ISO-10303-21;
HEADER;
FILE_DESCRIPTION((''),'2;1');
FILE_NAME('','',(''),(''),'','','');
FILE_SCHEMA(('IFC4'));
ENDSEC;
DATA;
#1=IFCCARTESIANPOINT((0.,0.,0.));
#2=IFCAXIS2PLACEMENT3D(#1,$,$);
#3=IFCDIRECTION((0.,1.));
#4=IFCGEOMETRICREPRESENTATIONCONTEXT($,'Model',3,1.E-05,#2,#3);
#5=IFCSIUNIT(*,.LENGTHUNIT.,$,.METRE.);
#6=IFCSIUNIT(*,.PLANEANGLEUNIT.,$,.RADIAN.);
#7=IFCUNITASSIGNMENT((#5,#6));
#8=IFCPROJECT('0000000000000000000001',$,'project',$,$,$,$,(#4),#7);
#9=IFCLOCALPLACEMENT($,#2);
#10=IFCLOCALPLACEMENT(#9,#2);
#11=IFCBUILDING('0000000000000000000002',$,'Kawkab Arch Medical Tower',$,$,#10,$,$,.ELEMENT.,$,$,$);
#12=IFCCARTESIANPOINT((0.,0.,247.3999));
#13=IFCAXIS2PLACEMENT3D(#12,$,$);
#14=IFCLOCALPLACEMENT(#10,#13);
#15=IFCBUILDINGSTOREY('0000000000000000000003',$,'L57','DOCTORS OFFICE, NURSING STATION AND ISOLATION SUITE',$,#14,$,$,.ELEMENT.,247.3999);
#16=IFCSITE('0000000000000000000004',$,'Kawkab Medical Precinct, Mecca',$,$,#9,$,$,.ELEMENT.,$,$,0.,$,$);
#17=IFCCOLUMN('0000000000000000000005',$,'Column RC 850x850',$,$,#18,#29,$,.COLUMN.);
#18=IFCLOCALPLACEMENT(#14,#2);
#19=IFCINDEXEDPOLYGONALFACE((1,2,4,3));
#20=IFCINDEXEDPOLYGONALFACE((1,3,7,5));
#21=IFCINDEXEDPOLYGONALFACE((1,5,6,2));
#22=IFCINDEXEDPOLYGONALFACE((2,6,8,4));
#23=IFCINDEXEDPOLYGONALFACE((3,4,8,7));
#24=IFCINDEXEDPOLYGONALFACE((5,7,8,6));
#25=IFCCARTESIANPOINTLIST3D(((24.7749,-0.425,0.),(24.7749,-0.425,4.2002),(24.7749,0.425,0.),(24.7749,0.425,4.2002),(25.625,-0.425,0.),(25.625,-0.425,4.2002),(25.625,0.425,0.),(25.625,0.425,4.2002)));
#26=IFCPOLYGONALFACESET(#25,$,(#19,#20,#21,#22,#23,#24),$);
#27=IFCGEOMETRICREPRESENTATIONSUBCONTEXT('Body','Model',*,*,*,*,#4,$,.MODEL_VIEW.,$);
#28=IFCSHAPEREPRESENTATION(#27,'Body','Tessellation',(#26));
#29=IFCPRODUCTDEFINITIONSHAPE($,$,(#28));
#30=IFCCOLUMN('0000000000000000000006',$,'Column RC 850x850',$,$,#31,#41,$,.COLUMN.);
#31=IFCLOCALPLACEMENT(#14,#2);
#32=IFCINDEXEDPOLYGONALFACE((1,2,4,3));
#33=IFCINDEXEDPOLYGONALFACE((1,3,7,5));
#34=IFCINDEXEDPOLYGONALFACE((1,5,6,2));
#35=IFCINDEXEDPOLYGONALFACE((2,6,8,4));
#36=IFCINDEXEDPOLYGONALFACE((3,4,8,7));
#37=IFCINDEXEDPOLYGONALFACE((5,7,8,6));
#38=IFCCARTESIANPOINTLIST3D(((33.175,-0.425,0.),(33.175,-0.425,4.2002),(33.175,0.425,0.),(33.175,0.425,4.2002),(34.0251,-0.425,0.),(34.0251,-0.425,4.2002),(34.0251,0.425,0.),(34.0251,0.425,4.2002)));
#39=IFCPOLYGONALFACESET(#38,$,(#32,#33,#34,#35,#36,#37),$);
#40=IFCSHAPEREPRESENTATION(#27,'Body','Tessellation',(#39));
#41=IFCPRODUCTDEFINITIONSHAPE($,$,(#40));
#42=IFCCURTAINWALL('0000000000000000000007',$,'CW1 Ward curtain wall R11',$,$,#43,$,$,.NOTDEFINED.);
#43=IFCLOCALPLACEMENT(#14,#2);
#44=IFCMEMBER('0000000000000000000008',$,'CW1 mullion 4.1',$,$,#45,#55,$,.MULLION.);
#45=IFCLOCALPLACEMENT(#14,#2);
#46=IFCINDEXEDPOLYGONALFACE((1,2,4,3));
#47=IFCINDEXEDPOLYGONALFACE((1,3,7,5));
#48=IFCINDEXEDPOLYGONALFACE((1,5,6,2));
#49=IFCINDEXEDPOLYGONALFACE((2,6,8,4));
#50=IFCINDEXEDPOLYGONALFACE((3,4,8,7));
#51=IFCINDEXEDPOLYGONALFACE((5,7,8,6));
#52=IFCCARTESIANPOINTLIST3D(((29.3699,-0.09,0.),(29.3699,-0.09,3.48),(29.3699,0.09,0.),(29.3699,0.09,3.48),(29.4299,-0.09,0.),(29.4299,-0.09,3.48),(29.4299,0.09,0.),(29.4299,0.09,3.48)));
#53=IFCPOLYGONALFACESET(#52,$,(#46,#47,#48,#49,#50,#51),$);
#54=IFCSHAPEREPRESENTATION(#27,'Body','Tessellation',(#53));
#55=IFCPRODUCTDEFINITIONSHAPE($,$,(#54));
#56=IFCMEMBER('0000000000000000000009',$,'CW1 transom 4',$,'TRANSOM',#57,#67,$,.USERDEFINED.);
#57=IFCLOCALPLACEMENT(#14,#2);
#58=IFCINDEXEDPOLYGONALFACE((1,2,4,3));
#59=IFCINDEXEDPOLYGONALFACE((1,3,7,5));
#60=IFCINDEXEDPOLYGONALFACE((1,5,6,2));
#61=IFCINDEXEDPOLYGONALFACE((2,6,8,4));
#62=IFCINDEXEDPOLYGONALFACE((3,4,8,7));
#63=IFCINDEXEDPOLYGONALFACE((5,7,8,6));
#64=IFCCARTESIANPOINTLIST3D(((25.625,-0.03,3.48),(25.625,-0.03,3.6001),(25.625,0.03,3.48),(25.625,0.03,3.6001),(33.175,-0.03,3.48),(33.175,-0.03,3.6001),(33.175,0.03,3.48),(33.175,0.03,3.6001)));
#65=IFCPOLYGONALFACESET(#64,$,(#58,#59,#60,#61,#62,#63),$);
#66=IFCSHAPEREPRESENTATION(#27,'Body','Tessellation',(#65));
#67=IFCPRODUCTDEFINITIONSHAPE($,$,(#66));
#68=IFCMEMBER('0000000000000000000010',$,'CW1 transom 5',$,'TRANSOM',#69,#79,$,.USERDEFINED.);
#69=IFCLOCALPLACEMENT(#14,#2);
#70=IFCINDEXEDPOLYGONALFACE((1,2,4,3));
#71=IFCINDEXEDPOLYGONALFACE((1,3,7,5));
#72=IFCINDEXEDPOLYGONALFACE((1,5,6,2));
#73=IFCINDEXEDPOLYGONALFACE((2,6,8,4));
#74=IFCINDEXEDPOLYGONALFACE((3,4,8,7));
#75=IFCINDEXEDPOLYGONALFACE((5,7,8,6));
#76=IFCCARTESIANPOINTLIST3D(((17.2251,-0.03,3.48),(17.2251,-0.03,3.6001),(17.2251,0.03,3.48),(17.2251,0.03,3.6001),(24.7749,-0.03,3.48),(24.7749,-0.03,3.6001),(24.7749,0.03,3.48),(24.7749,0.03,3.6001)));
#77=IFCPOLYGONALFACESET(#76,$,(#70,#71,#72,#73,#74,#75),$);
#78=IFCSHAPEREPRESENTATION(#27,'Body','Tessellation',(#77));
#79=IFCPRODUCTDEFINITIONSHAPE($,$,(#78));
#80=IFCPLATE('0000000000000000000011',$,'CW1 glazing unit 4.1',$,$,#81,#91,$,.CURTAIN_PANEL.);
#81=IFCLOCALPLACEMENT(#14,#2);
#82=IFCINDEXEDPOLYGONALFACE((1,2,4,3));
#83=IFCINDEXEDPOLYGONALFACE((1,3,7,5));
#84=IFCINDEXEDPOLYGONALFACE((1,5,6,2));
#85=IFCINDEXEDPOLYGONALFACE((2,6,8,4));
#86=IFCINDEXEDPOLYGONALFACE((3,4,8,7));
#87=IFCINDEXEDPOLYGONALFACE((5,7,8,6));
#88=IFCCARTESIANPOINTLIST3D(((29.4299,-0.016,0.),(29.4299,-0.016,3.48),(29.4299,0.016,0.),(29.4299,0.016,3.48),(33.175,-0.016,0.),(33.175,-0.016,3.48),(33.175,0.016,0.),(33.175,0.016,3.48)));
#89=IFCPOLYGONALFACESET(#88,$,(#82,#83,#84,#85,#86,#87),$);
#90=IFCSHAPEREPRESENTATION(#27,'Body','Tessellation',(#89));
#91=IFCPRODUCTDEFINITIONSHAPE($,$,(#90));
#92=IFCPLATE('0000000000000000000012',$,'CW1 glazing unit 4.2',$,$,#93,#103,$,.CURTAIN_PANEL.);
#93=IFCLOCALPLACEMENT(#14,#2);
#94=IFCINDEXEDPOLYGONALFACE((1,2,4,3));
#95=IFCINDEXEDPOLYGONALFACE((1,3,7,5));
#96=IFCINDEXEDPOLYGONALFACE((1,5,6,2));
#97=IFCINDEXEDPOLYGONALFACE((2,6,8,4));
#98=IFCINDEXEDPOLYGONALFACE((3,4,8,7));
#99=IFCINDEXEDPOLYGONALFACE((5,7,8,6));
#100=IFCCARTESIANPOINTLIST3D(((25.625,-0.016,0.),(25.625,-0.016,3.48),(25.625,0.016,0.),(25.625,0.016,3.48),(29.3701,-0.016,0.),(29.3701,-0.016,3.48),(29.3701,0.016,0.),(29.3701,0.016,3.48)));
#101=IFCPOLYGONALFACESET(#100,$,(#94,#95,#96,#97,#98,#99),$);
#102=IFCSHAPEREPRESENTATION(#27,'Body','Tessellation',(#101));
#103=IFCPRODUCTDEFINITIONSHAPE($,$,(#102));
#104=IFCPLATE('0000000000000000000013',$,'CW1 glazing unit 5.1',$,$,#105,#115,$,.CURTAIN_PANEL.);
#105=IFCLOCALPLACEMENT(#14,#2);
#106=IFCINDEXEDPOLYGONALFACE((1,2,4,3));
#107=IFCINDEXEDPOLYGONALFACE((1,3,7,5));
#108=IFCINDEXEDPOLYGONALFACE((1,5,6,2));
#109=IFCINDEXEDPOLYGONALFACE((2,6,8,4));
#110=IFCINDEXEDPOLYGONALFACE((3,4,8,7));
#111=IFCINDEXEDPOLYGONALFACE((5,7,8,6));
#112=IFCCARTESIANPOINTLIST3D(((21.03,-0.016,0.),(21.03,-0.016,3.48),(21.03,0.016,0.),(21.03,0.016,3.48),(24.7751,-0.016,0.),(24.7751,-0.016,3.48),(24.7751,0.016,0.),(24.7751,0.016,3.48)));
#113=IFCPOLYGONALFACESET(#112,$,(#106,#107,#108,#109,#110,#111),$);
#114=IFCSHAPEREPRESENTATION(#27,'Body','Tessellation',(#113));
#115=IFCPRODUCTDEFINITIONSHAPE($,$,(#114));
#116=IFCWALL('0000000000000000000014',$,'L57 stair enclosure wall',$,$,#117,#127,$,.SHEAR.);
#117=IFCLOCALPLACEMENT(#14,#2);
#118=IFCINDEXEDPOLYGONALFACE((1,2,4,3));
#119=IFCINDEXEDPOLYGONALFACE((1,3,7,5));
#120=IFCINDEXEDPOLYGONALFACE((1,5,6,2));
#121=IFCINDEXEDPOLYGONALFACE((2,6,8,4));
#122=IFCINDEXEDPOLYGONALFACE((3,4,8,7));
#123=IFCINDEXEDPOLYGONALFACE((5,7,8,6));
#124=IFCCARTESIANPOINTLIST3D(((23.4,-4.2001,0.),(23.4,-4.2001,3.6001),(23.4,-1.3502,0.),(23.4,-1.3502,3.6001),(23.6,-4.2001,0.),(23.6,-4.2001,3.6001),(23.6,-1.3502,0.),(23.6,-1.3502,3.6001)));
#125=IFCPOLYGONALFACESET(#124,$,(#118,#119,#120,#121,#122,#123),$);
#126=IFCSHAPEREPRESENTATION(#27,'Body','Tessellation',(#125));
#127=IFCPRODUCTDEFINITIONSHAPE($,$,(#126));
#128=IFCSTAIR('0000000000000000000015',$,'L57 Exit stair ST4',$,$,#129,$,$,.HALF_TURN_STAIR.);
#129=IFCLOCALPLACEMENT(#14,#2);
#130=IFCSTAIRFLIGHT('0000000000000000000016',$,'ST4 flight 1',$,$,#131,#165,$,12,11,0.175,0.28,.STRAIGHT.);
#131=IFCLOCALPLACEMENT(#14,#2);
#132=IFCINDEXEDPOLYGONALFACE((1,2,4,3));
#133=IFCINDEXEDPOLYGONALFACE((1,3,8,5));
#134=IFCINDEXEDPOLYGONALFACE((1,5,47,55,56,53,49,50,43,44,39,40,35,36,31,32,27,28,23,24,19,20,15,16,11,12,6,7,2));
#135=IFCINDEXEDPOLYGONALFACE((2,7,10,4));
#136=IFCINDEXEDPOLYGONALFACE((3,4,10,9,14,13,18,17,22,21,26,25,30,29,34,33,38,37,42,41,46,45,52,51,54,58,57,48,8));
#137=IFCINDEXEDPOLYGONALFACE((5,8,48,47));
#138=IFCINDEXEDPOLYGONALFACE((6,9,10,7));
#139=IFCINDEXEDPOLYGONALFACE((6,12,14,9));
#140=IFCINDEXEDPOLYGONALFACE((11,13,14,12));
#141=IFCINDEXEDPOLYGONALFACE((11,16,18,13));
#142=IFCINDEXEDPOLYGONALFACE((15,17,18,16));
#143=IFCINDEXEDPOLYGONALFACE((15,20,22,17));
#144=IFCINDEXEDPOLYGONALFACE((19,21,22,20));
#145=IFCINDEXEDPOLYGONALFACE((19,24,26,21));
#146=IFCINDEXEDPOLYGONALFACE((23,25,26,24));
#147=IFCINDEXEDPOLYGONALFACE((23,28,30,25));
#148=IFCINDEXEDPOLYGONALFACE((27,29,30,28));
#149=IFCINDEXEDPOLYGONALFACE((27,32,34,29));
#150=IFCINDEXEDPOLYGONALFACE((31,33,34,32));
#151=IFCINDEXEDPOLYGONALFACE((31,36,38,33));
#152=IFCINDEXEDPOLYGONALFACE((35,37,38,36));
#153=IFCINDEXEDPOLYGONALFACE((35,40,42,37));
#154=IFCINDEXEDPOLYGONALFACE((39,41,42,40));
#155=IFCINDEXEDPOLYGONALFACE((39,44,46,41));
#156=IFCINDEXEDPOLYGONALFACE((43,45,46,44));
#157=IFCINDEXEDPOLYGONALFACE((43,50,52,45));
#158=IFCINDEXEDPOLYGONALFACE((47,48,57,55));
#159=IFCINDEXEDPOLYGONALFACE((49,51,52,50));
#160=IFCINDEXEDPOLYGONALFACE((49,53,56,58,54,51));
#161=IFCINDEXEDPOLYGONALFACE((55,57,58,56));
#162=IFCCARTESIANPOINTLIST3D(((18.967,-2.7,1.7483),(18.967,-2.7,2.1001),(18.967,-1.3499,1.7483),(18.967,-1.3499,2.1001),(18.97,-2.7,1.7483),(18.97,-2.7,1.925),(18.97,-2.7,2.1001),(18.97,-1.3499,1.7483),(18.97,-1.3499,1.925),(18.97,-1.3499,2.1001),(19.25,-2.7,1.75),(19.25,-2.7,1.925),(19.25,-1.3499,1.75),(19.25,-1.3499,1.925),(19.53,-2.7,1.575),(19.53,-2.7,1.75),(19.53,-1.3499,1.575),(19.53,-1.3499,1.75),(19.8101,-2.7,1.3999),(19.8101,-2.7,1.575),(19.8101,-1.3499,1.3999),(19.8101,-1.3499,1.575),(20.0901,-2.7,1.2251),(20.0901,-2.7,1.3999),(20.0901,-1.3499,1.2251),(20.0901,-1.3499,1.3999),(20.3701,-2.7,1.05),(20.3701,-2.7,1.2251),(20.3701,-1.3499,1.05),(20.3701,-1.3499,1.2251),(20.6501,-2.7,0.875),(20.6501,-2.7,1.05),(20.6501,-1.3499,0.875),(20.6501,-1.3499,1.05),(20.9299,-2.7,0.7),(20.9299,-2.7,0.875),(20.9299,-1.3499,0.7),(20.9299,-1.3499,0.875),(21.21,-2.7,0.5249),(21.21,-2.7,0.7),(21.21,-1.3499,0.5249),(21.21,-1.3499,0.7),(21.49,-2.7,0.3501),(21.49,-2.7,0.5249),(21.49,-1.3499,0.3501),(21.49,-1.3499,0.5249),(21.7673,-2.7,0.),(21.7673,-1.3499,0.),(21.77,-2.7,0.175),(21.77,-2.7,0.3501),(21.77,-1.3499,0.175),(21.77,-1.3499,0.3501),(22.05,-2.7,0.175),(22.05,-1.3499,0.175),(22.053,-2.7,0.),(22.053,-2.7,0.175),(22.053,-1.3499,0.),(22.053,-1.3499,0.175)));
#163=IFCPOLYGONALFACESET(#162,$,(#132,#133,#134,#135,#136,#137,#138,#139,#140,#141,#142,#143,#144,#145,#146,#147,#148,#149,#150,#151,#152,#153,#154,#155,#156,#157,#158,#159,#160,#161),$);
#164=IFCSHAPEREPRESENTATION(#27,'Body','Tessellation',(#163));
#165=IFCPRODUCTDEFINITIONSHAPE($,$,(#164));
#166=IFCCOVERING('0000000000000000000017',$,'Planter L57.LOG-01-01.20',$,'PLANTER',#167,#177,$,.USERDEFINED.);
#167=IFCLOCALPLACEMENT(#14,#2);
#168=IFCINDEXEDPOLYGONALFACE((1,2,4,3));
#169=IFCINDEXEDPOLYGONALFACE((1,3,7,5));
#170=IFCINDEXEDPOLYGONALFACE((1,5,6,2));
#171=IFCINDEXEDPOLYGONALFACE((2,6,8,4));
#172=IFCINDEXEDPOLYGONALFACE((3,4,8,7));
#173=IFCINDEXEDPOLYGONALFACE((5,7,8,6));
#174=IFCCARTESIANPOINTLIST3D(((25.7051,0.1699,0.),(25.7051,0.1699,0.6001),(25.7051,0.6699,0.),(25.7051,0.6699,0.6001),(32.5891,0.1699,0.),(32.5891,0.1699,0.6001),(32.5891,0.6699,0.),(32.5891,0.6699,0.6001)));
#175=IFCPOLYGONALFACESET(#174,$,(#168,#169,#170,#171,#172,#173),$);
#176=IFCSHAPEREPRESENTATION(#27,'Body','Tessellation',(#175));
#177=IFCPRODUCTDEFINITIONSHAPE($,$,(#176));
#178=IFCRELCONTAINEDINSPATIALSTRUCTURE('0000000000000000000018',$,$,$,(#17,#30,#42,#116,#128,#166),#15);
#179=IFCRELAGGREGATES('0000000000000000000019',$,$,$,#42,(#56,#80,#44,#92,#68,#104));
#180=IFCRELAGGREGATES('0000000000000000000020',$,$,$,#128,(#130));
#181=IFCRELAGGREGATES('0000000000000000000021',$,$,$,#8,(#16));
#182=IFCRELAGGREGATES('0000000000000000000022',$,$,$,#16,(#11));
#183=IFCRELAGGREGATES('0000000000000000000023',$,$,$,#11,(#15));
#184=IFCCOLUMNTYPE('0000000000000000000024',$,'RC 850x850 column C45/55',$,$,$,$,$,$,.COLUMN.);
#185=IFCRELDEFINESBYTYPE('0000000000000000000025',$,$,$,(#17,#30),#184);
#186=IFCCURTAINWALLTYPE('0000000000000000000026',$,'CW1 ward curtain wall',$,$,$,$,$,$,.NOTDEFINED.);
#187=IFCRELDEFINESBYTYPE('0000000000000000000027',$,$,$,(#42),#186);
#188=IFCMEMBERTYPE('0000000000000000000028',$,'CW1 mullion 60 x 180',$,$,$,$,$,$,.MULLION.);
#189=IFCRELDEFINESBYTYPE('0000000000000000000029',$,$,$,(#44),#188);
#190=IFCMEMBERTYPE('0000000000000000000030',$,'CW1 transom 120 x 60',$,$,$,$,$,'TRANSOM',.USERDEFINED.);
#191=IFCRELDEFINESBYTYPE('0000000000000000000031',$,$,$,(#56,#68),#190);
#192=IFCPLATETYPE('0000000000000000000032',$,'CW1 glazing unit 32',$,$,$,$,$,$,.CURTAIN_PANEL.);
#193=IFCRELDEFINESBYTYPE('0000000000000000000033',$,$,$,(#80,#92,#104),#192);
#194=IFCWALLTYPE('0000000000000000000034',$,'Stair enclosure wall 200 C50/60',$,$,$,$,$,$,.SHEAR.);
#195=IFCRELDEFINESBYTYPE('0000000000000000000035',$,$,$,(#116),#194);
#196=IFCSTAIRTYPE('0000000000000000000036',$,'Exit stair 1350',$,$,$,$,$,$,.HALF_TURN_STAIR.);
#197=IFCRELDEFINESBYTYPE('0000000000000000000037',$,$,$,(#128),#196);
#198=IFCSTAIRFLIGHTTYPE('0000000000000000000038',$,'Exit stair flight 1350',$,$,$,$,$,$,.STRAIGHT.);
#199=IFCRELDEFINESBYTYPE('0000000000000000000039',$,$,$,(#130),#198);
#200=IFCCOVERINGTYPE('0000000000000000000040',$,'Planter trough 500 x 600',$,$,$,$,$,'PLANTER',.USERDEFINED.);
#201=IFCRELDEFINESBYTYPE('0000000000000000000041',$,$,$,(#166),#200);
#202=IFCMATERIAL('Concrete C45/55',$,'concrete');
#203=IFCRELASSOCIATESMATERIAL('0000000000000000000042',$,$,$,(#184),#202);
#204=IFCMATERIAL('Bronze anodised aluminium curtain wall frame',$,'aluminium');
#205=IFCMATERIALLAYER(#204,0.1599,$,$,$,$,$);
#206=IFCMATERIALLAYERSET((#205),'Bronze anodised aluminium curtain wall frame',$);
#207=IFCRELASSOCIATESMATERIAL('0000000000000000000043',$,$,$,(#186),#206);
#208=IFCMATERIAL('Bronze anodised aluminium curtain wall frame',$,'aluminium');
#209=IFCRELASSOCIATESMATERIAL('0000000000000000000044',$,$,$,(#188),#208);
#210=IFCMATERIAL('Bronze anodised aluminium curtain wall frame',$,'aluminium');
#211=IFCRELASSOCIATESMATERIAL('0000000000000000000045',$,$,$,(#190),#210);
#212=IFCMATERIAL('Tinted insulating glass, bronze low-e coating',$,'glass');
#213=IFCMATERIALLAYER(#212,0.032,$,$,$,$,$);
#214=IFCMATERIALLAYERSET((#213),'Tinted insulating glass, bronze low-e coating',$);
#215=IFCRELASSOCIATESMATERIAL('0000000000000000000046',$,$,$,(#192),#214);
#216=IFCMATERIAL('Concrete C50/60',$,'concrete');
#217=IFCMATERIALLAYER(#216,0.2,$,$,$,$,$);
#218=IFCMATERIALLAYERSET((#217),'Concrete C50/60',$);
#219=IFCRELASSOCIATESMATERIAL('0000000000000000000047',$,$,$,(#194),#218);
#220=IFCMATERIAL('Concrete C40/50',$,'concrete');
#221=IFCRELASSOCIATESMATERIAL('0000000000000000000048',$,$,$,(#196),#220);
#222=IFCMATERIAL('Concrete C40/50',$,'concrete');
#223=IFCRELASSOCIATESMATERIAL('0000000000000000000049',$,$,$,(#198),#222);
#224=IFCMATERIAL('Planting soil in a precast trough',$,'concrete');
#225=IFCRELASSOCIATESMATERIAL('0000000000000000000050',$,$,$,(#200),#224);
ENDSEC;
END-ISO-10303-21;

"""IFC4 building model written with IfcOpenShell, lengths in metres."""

from ifc_helpers import new_model, si_unit, direction, frame, frame_2d, origin, origin_2d, place, context, subcontext, project, spatial, polyline, rectangle, outline, extrude, material, layer, layer_set, material_profile, profile_set, type_object, element, aggregate, save


model = new_model("IFC4")

# Units and contexts
model_context = context("Model", 3, precision=1e-05, world=origin(), true_north=direction((0.0, 1.0)))
body_context = subcontext(model_context, "Body", "Model", "MODEL_VIEW")
ifc_project = project(units=[si_unit("LENGTHUNIT", "METRE"), si_unit("PLANEANGLEUNIT", "RADIAN")], contexts=[model_context])

# Site, building, storey
site_placement = place(None, origin())
site = spatial("IfcSite", under=ifc_project, at=site_placement, Name="Kawkab Medical Precinct, Mecca", CompositionType="ELEMENT", RefElevation=0.0)
building_placement = place(site_placement, origin())
building = spatial("IfcBuilding", under=site, at=building_placement, Name="Kawkab Arch Medical Tower", CompositionType="ELEMENT")
storey_placement = place(building_placement, frame((0.0, 0.0, 247.3999)))
storey = spatial("IfcBuildingStorey", under=building, at=storey_placement, Name="L57", Description="DOCTORS OFFICE, NURSING STATION AND ISOLATION SUITE", CompositionType="ELEMENT", Elevation=247.3999)

# Columns
ifc_material_1 = material(Name="Concrete C45/55", Category="concrete")
ifc_material_profile_1 = material_profile(ifc_material_1, rectangle(XDim=0.8501, YDim=0.8501, at=origin_2d()), Name="RC 850x850")
ifc_profile_set_1 = profile_set([ifc_material_profile_1], Name="Concrete C45/55")
column_type = type_object("IfcColumnType", Name="RC 850x850 column C45/55", PredefinedType="COLUMN", material=ifc_profile_set_1)
for number, where, z_axis, x_axis, name in (
    (1, (25.2, 0.0, 0.0), (0.0, 0.0, 1.0), (1.0, 0.0, 0.0), "Column RC 850x850"),
    (2, (33.6001, 0.0, 0.0), (0.0, 0.0, 1.0), (1.0, 0.0, 0.0), "Column RC 850x850"),
):
    element("IfcColumn", number, at=place(storey_placement, frame(where, z_axis=z_axis, x_axis=x_axis)), inside=storey, type_object=column_type, Name=name, PredefinedType="COLUMN", context=body_context, shape_type="SweptSolid", body=[
        extrude(rectangle(XDim=0.8501, YDim=0.8501, at=origin_2d()), origin(), (0.0, 0.0, 1.0), 4.2002),
    ])

# Curtain wall, members, plates
ifc_material_2 = material(Name="Bronze anodised aluminium curtain wall frame", Category="aluminium")
ifc_layer_1 = layer(ifc_material_2, 0.1599)
ifc_layer_set_1 = layer_set([ifc_layer_1], Name="Bronze anodised aluminium curtain wall frame")
curtain_wall_type = type_object("IfcCurtainWallType", Name="CW1 ward curtain wall", PredefinedType="NOTDEFINED", material=ifc_layer_set_1)
placement = place(storey_placement, origin())
curtain_wall = element("IfcCurtainWall", 3, at=placement, inside=storey, type_object=curtain_wall_type, Name="CW1 Ward curtain wall R11", PredefinedType="NOTDEFINED")
ifc_material_3 = material(Name="Bronze anodised aluminium curtain wall frame", Category="aluminium")
ifc_material_profile_2 = material_profile(ifc_material_3, rectangle(XDim=0.1799, YDim=0.0601, at=origin_2d()), Name="AL 60x180")
ifc_profile_set_2 = profile_set([ifc_material_profile_2], Name="Bronze anodised aluminium curtain wall frame")
member_type_1 = type_object("IfcMemberType", Name="CW1 mullion 60 x 180", PredefinedType="MULLION", material=ifc_profile_set_2)
member_1_placement = place(storey_placement, frame((29.3999, 0.0, 0.0), z_axis=(0.0, 0.0, 1.0), x_axis=(0.0, -1.0, 0.0)))
member_1 = element("IfcMember", 4, at=member_1_placement, type_object=member_type_1, Name="CW1 mullion 4.1", PredefinedType="MULLION", context=body_context, shape_type="SweptSolid", body=[
    extrude(rectangle(XDim=0.1799, YDim=0.0601, at=origin_2d()), origin(), (0.0, 0.0, 1.0), 3.48),
])
ifc_material_4 = material(Name="Bronze anodised aluminium curtain wall frame", Category="aluminium")
ifc_material_profile_3 = material_profile(ifc_material_4, rectangle(XDim=0.0601, YDim=0.1201, at=origin_2d()), Name="AL 60x120")
ifc_profile_set_3 = profile_set([ifc_material_profile_3], Name="Bronze anodised aluminium curtain wall frame")
member_type_2 = type_object("IfcMemberType", Name="CW1 transom 120 x 60", ElementType="TRANSOM", PredefinedType="USERDEFINED", material=ifc_profile_set_3)
member_2_placement = place(storey_placement, frame((33.175, 0.0, 3.54), z_axis=(-1.0, 0.0, 0.0), x_axis=(0.0, -1.0, 0.0)))
member_2 = element("IfcMember", 5, at=member_2_placement, type_object=member_type_2, Name="CW1 transom 4", ObjectType="TRANSOM", PredefinedType="USERDEFINED", context=body_context, shape_type="SweptSolid", body=[
    extrude(rectangle(XDim=0.0601, YDim=0.1201, at=origin_2d()), origin(), (0.0, 0.0, 1.0), 7.55),
])
member_3_placement = place(storey_placement, frame((24.7749, 0.0, 3.54), z_axis=(-1.0, 0.0, 0.0), x_axis=(0.0, -1.0, 0.0)))
member_3 = element("IfcMember", 6, at=member_3_placement, type_object=member_type_2, Name="CW1 transom 5", ObjectType="TRANSOM", PredefinedType="USERDEFINED", context=body_context, shape_type="SweptSolid", body=[
    extrude(rectangle(XDim=0.0601, YDim=0.1201, at=origin_2d()), origin(), (0.0, 0.0, 1.0), 7.5498),
])
ifc_material_5 = material(Name="Tinted insulating glass, bronze low-e coating", Category="glass")
ifc_layer_2 = layer(ifc_material_5, 0.032)
ifc_layer_set_2 = layer_set([ifc_layer_2], Name="Tinted insulating glass, bronze low-e coating")
plate_type = type_object("IfcPlateType", Name="CW1 glazing unit 32", PredefinedType="CURTAIN_PANEL", material=ifc_layer_set_2)
plate_1_placement = place(storey_placement, frame((31.3025, 0.0, 0.0), z_axis=(0.0, 0.0, 1.0), x_axis=(-1.0, 0.0, 0.0)))
plate_1 = element("IfcPlate", 7, at=plate_1_placement, type_object=plate_type, Name="CW1 glazing unit 4.1", PredefinedType="CURTAIN_PANEL", context=body_context, shape_type="SweptSolid", body=[
    extrude(rectangle(XDim=3.7451, YDim=0.032, at=origin_2d()), origin(), (0.0, 0.0, 1.0), 3.48),
])
plate_2_placement = place(storey_placement, frame((27.4976, 0.0, 0.0), z_axis=(0.0, 0.0, 1.0), x_axis=(-1.0, 0.0, 0.0)))
plate_2 = element("IfcPlate", 8, at=plate_2_placement, type_object=plate_type, Name="CW1 glazing unit 4.2", PredefinedType="CURTAIN_PANEL", context=body_context, shape_type="SweptSolid", body=[
    extrude(rectangle(XDim=3.7451, YDim=0.032, at=origin_2d()), origin(), (0.0, 0.0, 1.0), 3.48),
])
plate_3_placement = place(storey_placement, frame((22.9026, 0.0, 0.0), z_axis=(0.0, 0.0, 1.0), x_axis=(-1.0, 0.0, 0.0)))
plate_3 = element("IfcPlate", 9, at=plate_3_placement, type_object=plate_type, Name="CW1 glazing unit 5.1", PredefinedType="CURTAIN_PANEL", context=body_context, shape_type="SweptSolid", body=[
    extrude(rectangle(XDim=3.7451, YDim=0.032, at=origin_2d()), origin(), (0.0, 0.0, 1.0), 3.48),
])
aggregate(curtain_wall, [member_2, plate_1, member_1, plate_2, member_3, plate_3])

# Wall
ifc_material_6 = material(Name="Concrete C50/60", Category="concrete")
ifc_layer_3 = layer(ifc_material_6, 0.2)
ifc_layer_set_3 = layer_set([ifc_layer_3], Name="Concrete C50/60")
wall_type = type_object("IfcWallType", Name="Stair enclosure wall 200 C50/60", PredefinedType="SHEAR", material=ifc_layer_set_3)
wall_placement = place(storey_placement, frame((23.5, -4.2, 0.0), z_axis=(0.0, 0.0, 1.0), x_axis=(0.0, 1.0, 0.0)))
element("IfcWall", 10, at=wall_placement, inside=storey, type_object=wall_type, Name="L57 stair enclosure wall", PredefinedType="SHEAR", context=body_context, shape_type="SweptSolid", body=[
    extrude(rectangle(XDim=2.8499, YDim=0.2, at=frame_2d((1.4248, 0.0))), origin(), (0.0, 0.0, 1.0), 3.6001),
])

# Stair, stair flight
ifc_material_7 = material(Name="Concrete C40/50", Category="concrete")
stair_type = type_object("IfcStairType", Name="Exit stair 1350", PredefinedType="HALF_TURN_STAIR", material=ifc_material_7)
stair = element("IfcStair", 11, at=placement, inside=storey, type_object=stair_type, Name="L57 Exit stair ST4", PredefinedType="HALF_TURN_STAIR")
ifc_material_8 = material(Name="Concrete C40/50", Category="concrete")
stair_flight_type = type_object("IfcStairFlightType", Name="Exit stair flight 1350", PredefinedType="STRAIGHT", material=ifc_material_8)
stair_flight_placement = place(storey_placement, frame((22.05, -2.0249, 0.0), z_axis=(0.0, 0.0, 1.0), x_axis=(-1.0, 0.0, 0.0)))
stair_flight = element("IfcStairFlight", 12, at=stair_flight_placement, type_object=stair_flight_type, Name="ST4 flight 1", NumberOfRisers=12, NumberOfTreads=11, PredefinedType="STRAIGHT", RiserHeight=0.175, TreadLength=0.28, context=body_context, shape_type="SweptSolid", body=[
    extrude(outline(polyline([(-0.0029, 0.0), (-0.0029, 0.175), (0.0, 0.175), (0.28, 0.175), (0.28, 0.3501), (0.5601, 0.3501), (0.5601, 0.5249), (0.8401, 0.5249), (0.8401, 0.7), (1.1201, 0.7), (1.1201, 0.875), (1.3999, 0.875), (1.3999, 1.05), (1.6799, 1.05), (1.6799, 1.2251), (1.96, 1.2251), (1.96, 1.3999), (2.24, 1.3999), (2.24, 1.575), (2.52, 1.575), (2.52, 1.75), (2.8, 1.75), (2.8, 1.925), (3.0801, 1.925), (3.0801, 2.1001), (3.083, 2.1001), (3.083, 1.7483), (3.0801, 1.7483), (0.2827, 0.0), (-0.0029, 0.0)])), frame((0.0, 0.675, 0.0), z_axis=(0.0, -1.0, 0.0), x_axis=(1.0, 0.0, 0.0)), (0.0, 0.0, 1.0), 1.3501),
])
aggregate(stair, [stair_flight])

# Covering
ifc_material_9 = material(Name="Planting soil in a precast trough", Category="concrete")
ifc_material_profile_4 = material_profile(ifc_material_9, rectangle(XDim=0.5, YDim=0.6001, at=origin_2d()), Name="Trough 500x600")
ifc_profile_set_4 = profile_set([ifc_material_profile_4], Name="Planting soil in a precast trough")
covering_type = type_object("IfcCoveringType", Name="Planter trough 500 x 600", ElementType="PLANTER", PredefinedType="USERDEFINED", material=ifc_profile_set_4)
covering_placement = place(storey_placement, frame((25.7051, 0.4199, 0.3), z_axis=(1.0, 0.0, 0.0), x_axis=(0.0, 1.0, 0.0)))
element("IfcCovering", 13, at=covering_placement, inside=storey, type_object=covering_type, Name="Planter L57.LOG-01-01.20", ObjectType="PLANTER", PredefinedType="USERDEFINED", context=body_context, shape_type="SweptSolid", body=[
    extrude(rectangle(XDim=0.5, YDim=0.6001, at=origin_2d()), origin(), (0.0, 0.0, 1.0), 6.884),
])

save(model, "model.ifc")
